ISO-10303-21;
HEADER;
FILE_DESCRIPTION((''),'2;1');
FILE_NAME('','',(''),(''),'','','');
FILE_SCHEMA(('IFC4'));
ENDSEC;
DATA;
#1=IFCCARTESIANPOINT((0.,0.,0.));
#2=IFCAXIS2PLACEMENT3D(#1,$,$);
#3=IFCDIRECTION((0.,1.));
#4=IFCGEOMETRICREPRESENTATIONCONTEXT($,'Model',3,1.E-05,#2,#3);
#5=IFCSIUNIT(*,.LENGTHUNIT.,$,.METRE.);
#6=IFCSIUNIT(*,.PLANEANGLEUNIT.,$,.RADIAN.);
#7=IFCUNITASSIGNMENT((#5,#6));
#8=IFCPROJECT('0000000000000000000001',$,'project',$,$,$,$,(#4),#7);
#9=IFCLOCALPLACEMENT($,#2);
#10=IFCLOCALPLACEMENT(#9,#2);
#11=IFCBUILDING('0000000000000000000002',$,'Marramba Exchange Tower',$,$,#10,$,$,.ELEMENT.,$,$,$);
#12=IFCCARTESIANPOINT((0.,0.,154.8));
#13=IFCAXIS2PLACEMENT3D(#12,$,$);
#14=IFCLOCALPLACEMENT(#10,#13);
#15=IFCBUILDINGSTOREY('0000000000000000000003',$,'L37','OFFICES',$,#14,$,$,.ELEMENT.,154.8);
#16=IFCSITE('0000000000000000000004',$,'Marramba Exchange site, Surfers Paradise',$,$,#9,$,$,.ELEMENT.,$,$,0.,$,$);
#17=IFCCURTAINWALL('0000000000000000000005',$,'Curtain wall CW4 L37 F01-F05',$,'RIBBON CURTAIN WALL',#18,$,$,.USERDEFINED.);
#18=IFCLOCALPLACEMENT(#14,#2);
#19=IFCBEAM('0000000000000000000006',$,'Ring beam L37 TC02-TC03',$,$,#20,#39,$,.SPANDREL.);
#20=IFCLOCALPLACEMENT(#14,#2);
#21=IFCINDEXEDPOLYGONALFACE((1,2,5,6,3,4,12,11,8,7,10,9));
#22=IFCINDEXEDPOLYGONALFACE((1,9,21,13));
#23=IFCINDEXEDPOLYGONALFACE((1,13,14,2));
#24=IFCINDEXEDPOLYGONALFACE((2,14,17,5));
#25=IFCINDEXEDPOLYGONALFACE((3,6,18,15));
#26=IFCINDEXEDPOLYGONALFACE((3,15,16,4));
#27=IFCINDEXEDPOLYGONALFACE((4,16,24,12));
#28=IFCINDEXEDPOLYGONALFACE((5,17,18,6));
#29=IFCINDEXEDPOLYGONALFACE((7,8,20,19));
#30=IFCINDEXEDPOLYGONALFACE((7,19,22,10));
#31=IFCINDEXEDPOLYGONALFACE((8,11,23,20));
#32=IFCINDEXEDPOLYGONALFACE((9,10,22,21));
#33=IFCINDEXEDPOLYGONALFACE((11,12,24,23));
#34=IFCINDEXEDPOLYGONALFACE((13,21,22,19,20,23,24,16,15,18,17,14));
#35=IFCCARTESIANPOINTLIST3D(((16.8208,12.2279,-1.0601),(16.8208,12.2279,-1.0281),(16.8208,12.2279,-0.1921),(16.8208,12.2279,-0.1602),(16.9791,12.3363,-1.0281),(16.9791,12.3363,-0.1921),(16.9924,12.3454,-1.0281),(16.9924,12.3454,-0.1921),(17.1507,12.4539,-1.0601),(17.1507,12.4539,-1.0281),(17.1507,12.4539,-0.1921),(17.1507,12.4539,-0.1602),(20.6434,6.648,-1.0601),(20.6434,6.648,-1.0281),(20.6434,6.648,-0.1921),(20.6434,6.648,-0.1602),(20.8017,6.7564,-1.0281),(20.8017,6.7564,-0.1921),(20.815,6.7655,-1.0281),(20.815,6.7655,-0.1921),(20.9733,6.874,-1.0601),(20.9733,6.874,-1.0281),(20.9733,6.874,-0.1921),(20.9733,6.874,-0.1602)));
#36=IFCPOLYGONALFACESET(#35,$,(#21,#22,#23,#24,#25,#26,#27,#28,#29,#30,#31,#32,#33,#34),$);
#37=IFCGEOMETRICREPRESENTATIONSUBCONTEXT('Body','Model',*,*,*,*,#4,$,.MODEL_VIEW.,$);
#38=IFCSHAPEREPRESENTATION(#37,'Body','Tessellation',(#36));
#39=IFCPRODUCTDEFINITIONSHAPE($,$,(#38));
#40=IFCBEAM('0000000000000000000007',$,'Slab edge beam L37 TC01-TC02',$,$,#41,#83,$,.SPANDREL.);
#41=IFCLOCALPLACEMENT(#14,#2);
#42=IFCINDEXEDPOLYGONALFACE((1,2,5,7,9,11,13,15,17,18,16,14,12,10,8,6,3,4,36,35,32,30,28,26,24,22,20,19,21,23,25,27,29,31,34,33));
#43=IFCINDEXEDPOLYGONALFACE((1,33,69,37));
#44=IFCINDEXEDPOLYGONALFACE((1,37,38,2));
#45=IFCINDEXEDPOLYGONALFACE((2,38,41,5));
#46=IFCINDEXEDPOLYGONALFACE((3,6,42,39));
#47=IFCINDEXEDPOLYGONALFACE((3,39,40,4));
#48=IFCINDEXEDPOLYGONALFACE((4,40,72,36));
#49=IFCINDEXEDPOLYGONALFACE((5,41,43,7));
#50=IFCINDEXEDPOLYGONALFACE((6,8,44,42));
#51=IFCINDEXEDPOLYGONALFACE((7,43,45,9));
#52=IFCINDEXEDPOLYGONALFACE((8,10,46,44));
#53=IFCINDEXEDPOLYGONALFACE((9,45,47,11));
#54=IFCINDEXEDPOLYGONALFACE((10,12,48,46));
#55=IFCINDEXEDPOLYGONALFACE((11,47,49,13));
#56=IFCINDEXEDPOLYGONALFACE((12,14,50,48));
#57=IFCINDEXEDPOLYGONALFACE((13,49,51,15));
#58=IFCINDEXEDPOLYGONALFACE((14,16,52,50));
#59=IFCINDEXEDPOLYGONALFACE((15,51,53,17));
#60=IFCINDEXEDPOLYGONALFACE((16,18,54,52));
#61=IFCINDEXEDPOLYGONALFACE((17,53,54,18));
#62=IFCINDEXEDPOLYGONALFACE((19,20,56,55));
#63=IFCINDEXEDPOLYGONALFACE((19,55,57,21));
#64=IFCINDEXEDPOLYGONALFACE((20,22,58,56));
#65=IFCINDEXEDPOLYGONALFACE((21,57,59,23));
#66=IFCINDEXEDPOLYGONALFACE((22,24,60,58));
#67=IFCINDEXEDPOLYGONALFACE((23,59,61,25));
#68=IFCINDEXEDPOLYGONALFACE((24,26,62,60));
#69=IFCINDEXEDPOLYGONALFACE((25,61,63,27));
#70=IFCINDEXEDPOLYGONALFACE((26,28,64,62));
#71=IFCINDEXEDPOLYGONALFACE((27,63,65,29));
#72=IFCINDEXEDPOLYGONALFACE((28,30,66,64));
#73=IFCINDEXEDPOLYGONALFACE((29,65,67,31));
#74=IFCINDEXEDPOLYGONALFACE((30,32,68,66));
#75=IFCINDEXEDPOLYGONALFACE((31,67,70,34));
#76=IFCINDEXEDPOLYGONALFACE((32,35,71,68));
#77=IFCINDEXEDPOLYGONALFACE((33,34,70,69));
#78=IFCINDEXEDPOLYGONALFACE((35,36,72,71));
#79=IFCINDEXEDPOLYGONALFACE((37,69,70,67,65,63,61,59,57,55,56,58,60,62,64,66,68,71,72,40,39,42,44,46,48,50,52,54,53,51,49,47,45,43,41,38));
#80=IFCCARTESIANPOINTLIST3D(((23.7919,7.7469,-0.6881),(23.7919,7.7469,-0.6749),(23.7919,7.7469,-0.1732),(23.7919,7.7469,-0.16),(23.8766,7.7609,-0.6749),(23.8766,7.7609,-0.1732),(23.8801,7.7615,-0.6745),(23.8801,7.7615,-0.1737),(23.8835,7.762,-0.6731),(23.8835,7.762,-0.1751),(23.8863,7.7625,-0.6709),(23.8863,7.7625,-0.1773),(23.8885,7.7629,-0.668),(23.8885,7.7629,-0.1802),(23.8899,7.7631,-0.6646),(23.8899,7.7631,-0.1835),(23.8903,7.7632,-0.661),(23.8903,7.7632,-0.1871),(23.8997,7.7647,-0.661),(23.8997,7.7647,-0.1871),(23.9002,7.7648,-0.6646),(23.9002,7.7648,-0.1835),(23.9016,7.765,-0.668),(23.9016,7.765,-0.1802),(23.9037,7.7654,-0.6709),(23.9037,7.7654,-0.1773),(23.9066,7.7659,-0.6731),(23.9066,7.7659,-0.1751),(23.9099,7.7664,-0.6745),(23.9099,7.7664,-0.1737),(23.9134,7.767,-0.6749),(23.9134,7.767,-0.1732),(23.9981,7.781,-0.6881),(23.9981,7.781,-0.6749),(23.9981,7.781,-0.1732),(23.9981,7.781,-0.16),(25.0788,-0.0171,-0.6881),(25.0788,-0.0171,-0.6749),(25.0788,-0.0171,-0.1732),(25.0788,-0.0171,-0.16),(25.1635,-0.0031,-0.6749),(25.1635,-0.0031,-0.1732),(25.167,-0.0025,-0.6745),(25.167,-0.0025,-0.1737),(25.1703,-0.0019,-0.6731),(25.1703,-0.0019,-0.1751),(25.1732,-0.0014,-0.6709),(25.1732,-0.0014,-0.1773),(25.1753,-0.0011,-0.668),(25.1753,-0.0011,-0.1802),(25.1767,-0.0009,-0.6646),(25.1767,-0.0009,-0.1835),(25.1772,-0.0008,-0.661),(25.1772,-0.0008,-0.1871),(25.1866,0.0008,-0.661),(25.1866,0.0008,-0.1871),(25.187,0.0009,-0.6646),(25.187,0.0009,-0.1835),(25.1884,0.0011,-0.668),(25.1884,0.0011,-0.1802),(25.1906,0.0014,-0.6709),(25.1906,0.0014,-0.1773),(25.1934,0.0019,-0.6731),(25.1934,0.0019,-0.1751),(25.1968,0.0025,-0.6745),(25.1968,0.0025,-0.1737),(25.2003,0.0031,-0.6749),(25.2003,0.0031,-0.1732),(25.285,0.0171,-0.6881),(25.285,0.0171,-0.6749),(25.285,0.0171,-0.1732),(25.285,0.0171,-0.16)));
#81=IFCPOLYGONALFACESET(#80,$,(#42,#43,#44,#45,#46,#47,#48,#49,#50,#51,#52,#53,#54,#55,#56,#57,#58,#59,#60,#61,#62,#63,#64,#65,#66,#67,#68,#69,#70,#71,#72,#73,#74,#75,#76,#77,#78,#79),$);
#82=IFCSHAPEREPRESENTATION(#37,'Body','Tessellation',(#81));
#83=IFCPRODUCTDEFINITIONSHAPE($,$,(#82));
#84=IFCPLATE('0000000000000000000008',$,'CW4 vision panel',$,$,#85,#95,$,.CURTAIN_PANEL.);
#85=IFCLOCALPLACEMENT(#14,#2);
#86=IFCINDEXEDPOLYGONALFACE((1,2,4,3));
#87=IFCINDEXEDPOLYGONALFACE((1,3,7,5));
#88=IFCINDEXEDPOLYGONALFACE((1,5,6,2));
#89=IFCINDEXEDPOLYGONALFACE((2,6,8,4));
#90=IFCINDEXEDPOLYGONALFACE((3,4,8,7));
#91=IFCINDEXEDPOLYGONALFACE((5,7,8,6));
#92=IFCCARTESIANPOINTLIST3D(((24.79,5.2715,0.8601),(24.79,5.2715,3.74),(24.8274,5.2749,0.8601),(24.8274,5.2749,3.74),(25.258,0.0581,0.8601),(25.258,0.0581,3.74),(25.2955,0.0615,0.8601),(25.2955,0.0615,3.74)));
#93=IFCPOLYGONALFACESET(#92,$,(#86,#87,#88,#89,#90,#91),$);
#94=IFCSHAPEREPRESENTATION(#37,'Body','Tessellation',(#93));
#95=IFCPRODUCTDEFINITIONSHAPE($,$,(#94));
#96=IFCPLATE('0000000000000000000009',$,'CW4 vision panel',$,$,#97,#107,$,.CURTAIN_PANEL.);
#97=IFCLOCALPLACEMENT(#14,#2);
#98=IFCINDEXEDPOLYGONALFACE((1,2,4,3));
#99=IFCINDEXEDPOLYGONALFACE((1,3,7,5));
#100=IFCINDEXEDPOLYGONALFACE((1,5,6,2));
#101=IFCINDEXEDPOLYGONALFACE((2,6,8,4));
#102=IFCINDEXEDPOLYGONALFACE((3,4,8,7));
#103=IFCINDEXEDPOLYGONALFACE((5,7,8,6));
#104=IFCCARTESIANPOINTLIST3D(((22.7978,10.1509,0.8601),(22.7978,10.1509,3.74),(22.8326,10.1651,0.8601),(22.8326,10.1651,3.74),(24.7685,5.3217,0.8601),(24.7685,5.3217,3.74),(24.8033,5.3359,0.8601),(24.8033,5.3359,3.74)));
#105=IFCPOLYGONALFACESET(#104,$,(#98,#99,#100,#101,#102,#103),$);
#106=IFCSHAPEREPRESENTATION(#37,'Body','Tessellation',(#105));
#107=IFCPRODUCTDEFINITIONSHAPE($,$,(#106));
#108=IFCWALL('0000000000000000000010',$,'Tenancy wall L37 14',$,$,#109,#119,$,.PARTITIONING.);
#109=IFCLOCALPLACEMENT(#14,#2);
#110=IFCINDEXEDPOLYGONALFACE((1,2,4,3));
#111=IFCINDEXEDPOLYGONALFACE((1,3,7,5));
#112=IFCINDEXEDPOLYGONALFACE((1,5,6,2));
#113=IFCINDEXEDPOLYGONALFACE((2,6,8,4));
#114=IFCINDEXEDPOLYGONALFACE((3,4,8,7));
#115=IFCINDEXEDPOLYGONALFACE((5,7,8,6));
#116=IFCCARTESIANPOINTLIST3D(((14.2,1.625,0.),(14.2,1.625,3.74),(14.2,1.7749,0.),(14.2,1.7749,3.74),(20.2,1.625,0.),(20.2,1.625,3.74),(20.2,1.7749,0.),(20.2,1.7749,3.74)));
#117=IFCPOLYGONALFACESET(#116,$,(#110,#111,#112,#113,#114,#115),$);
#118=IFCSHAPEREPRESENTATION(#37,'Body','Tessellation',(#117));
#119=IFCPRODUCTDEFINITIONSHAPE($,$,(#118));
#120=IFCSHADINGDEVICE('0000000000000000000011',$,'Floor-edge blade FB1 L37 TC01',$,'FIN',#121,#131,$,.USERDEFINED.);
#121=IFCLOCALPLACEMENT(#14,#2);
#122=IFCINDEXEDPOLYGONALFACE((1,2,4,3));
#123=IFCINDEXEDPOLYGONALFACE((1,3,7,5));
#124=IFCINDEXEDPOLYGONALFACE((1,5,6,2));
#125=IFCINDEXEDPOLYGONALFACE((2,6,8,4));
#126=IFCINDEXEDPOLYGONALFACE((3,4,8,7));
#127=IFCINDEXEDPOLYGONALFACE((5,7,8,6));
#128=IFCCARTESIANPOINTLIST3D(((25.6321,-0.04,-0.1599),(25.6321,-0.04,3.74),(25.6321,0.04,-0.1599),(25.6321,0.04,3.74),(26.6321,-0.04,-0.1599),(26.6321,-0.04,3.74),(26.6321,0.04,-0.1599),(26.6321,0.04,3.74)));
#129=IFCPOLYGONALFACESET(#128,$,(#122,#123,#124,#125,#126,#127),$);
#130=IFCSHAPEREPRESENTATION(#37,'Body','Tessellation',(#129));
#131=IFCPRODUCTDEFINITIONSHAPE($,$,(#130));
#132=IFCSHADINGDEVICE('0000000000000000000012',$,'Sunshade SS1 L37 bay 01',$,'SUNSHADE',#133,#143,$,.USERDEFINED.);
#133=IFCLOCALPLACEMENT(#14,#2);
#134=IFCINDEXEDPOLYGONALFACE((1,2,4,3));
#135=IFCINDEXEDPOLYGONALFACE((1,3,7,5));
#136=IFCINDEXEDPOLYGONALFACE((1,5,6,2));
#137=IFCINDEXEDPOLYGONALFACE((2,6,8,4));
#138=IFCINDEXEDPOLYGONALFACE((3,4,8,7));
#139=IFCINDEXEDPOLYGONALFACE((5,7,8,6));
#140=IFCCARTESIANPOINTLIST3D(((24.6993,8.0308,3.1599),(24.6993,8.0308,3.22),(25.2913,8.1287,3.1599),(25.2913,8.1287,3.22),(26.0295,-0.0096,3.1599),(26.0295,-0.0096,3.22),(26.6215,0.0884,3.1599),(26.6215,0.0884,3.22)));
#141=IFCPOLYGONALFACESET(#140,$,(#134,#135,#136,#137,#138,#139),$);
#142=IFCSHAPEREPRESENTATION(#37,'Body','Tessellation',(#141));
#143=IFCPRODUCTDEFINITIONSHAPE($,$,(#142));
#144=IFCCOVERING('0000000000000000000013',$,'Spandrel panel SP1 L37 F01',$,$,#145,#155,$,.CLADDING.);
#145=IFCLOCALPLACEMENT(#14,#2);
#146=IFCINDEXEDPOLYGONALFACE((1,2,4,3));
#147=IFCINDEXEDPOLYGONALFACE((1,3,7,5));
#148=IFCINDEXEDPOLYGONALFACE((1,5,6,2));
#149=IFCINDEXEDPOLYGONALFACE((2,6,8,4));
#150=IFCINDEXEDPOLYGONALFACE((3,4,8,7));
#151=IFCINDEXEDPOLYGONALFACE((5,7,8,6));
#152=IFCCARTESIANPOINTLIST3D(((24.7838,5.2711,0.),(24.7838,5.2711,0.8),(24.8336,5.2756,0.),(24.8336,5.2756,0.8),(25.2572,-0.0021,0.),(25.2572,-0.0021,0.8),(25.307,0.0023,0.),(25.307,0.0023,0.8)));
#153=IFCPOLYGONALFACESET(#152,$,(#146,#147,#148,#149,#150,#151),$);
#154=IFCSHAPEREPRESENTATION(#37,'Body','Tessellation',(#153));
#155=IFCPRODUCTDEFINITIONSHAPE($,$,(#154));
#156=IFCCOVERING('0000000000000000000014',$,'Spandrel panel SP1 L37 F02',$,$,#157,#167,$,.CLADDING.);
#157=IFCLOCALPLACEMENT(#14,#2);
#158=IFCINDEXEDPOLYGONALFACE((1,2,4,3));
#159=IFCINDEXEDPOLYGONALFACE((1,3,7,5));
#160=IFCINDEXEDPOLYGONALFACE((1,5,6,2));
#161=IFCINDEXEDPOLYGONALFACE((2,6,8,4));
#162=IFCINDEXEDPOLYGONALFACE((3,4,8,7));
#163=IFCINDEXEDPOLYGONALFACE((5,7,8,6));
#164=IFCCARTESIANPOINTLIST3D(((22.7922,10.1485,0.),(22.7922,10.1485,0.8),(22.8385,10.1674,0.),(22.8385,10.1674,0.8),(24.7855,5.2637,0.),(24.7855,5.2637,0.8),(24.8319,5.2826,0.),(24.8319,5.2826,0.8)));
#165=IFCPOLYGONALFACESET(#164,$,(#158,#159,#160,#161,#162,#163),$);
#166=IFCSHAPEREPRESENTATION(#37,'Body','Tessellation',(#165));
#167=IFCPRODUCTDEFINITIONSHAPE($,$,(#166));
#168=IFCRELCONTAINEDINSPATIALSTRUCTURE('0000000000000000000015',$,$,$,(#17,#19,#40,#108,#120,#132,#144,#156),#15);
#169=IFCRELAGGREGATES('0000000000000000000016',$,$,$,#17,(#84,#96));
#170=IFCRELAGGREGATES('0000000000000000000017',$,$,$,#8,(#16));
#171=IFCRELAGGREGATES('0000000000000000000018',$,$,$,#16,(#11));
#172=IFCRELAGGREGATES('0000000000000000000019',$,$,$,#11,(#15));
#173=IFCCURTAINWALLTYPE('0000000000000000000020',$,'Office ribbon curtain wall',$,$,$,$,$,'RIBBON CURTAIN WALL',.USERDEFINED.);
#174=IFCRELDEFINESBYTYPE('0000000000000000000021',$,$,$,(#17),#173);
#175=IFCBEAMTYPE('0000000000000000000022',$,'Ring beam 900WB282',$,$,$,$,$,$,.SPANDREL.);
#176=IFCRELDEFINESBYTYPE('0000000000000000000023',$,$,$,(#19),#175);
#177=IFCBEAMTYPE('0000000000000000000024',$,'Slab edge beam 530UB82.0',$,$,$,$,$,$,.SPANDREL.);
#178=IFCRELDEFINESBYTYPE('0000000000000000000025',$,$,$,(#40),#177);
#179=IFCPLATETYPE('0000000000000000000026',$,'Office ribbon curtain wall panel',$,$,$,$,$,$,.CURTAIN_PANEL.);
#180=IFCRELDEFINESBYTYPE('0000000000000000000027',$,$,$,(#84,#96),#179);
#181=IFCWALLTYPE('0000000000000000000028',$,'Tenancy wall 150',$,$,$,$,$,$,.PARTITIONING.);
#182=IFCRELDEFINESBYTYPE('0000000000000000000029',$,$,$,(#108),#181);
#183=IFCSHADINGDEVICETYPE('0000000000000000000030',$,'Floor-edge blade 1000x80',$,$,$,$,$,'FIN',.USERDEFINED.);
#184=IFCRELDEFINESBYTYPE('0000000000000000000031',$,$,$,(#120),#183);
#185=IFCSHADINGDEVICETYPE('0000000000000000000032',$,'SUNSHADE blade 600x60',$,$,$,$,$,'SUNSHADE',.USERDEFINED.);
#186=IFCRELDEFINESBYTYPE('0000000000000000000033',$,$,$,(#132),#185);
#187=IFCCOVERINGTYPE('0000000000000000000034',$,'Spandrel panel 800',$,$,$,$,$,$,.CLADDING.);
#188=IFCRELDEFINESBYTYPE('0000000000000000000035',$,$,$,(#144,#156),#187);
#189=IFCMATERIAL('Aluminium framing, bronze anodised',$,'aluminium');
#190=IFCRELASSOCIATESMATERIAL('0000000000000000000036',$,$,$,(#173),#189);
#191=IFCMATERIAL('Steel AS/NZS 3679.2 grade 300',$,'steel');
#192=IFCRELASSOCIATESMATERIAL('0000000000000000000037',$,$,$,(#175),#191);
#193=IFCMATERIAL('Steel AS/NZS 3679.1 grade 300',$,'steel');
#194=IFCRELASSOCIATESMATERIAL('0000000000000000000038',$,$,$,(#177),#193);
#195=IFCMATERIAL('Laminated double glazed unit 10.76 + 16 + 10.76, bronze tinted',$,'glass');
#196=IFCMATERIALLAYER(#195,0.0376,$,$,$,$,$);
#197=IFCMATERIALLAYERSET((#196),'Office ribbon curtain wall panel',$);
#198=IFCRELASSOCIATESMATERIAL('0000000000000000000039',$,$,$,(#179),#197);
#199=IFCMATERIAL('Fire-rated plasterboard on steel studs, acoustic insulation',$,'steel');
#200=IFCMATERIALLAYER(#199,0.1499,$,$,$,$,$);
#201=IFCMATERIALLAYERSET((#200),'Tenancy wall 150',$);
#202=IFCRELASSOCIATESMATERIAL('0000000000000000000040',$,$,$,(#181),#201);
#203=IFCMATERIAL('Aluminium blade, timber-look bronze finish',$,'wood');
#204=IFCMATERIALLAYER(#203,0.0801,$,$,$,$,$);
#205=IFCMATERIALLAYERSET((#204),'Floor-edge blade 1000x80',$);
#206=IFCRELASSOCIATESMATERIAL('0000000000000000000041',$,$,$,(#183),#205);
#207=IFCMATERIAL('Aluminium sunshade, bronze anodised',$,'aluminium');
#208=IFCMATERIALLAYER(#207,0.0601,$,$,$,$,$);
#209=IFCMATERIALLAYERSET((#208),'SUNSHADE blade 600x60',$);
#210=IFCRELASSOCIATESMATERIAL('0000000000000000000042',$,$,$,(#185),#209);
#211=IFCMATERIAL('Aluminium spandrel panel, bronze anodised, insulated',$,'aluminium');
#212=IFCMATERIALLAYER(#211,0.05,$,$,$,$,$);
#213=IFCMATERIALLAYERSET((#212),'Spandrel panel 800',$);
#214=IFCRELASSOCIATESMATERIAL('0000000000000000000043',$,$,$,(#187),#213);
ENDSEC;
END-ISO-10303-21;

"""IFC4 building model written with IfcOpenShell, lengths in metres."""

from ifc_helpers import new_model, si_unit, direction, frame, frame_2d, origin, origin_2d, place, context, subcontext, project, spatial, rectangle, i_section, extrude, material, layer, layer_set, material_profile, profile_set, type_object, element, aggregate, save


model = new_model("IFC4")

# Units and contexts
model_context = context("Model", 3, precision=1e-05, world=origin(), true_north=direction((0.0, 1.0)))
body_context = subcontext(model_context, "Body", "Model", "MODEL_VIEW")
ifc_project = project(units=[si_unit("LENGTHUNIT", "METRE"), si_unit("PLANEANGLEUNIT", "RADIAN")], contexts=[model_context])

# Site, building, storey
site_placement = place(None, origin())
site = spatial("IfcSite", under=ifc_project, at=site_placement, Name="Marramba Exchange site, Surfers Paradise", CompositionType="ELEMENT", RefElevation=0.0)
building_placement = place(site_placement, origin())
building = spatial("IfcBuilding", under=site, at=building_placement, Name="Marramba Exchange Tower", CompositionType="ELEMENT")
storey_placement = place(building_placement, frame((0.0, 0.0, 154.8)))
storey = spatial("IfcBuildingStorey", under=building, at=storey_placement, Name="L37", Description="OFFICES", CompositionType="ELEMENT", Elevation=154.8)

# Shared definitions
ifc_material_1 = material(Name="Steel AS/NZS 3679.2 grade 300", Category="steel")
ifc_material_2 = material(Name="Steel AS/NZS 3679.1 grade 300", Category="steel")

# Curtain wall
ifc_material_3 = material(Name="Aluminium framing, bronze anodised", Category="aluminium")
curtain_wall_type = type_object("IfcCurtainWallType", Name="Office ribbon curtain wall", ElementType="RIBBON CURTAIN WALL", PredefinedType="USERDEFINED", material=ifc_material_3)
curtain_wall_placement = place(storey_placement, origin())
curtain_wall = element("IfcCurtainWall", 1, at=curtain_wall_placement, inside=storey, type_object=curtain_wall_type, Name="Curtain wall CW4 L37 F01-F05", ObjectType="RIBBON CURTAIN WALL", PredefinedType="USERDEFINED")

# Beams
ifc_material_profile_1 = material_profile(ifc_material_1, i_section(OverallWidth=0.3999, OverallDepth=0.8999, WebThickness=0.0161, FlangeThickness=0.032, at=origin_2d()), Name="900WB282")
ifc_profile_set_1 = profile_set([ifc_material_profile_1], Name="Steel AS/NZS 3679.2 grade 300")
beam_type_1 = type_object("IfcBeamType", Name="Ring beam 900WB282", PredefinedType="SPANDREL", material=ifc_profile_set_1)
beam_1_placement = place(storey_placement, frame((20.8083, 6.761, -0.6101), z_axis=(-0.56516, 0.824981, 0.0), x_axis=(-0.824981, -0.56516, 0.0)))
element("IfcBeam", 2, at=beam_1_placement, inside=storey, type_object=beam_type_1, Name="Ring beam L37 TC02-TC03", PredefinedType="SPANDREL", context=body_context, shape_type="SweptSolid", body=[
    extrude(i_section(OverallWidth=0.3999, OverallDepth=0.8999, WebThickness=0.0161, FlangeThickness=0.032, at=origin_2d()), origin(), (0.0, 0.0, 1.0), 6.7637),
])
ifc_material_profile_2 = material_profile(ifc_material_2, i_section(OverallWidth=0.209, OverallDepth=0.5281, WebThickness=0.0095, FlangeThickness=0.0132, FilletRadius=0.0139, at=origin_2d()), Name="530UB82.0")
ifc_profile_set_2 = profile_set([ifc_material_profile_2], Name="Steel AS/NZS 3679.1 grade 300")
beam_type_2 = type_object("IfcBeamType", Name="Slab edge beam 530UB82.0", PredefinedType="SPANDREL", material=ifc_profile_set_2)
beam_2_placement = place(storey_placement, frame((25.1819, 0.0, -0.4241), z_axis=(-0.163519, 0.98654, 0.0), x_axis=(-0.98654, -0.163519, 0.0)))
element("IfcBeam", 3, at=beam_2_placement, inside=storey, type_object=beam_type_2, Name="Slab edge beam L37 TC01-TC02", PredefinedType="SPANDREL", context=body_context, shape_type="SweptSolid", body=[
    extrude(i_section(OverallWidth=0.209, OverallDepth=0.5281, WebThickness=0.0095, FlangeThickness=0.0132, FilletRadius=0.0139, at=origin_2d()), origin(), (0.0, 0.0, 1.0), 7.8699),
])

# Plates
ifc_material_4 = material(Name="Laminated double glazed unit 10.76 + 16 + 10.76, bronze tinted", Category="glass")
ifc_layer_1 = layer(ifc_material_4, 0.0376)
ifc_layer_set_1 = layer_set([ifc_layer_1], Name="Office ribbon curtain wall panel")
plate_type = type_object("IfcPlateType", Name="Office ribbon curtain wall panel", PredefinedType="CURTAIN_PANEL", material=ifc_layer_set_1)
plate_1_placement = place(storey_placement, frame((25.0427, 2.6665, 0.8601), z_axis=(0.0, 0.0, 1.0), x_axis=(-0.089413, 0.995995, 0.0)))
plate_1 = element("IfcPlate", 4, at=plate_1_placement, type_object=plate_type, Name="CW4 vision panel", PredefinedType="CURTAIN_PANEL", context=body_context, shape_type="SweptSolid", body=[
    extrude(rectangle(XDim=5.2344, YDim=0.0376, at=origin_2d()), origin(), (0.0, 0.0, 1.0), 2.8799),
])
plate_2_placement = place(storey_placement, frame((23.8005, 7.7434, 0.8601), z_axis=(0.0, 0.0, 1.0), x_axis=(-0.377821, 0.925879, 0.0)))
plate_2 = element("IfcPlate", 5, at=plate_2_placement, type_object=plate_type, Name="CW4 vision panel", PredefinedType="CURTAIN_PANEL", context=body_context, shape_type="SweptSolid", body=[
    extrude(rectangle(XDim=5.2158, YDim=0.0376, at=origin_2d()), origin(), (0.0, 0.0, 1.0), 2.8799),
])
aggregate(curtain_wall, [plate_1, plate_2])

# Wall
ifc_material_5 = material(Name="Fire-rated plasterboard on steel studs, acoustic insulation", Category="steel")
ifc_layer_2 = layer(ifc_material_5, 0.1499)
ifc_layer_set_2 = layer_set([ifc_layer_2], Name="Tenancy wall 150")
wall_type = type_object("IfcWallType", Name="Tenancy wall 150", PredefinedType="PARTITIONING", material=ifc_layer_set_2)
wall_placement = place(storey_placement, frame((20.2, 1.7, 0.0), z_axis=(0.0, 0.0, 1.0), x_axis=(-1.0, 0.0, 0.0)))
element("IfcWall", 6, at=wall_placement, inside=storey, type_object=wall_type, Name="Tenancy wall L37 14", PredefinedType="PARTITIONING", context=body_context, shape_type="SweptSolid", body=[
    extrude(rectangle(XDim=6.0, YDim=0.1499, at=frame_2d((3.0, 0.0))), origin(), (0.0, 0.0, 1.0), 3.74),
])

# Shading devices
ifc_material_6 = material(Name="Aluminium blade, timber-look bronze finish", Category="wood")
ifc_layer_3 = layer(ifc_material_6, 0.0801)
ifc_layer_set_3 = layer_set([ifc_layer_3], Name="Floor-edge blade 1000x80")
shading_device_type_1 = type_object("IfcShadingDeviceType", Name="Floor-edge blade 1000x80", ElementType="FIN", PredefinedType="USERDEFINED", material=ifc_layer_set_3)
shading_device_1_placement = place(storey_placement, frame((26.1321, 0.0, -0.1599), z_axis=(0.0, 0.0, 1.0), x_axis=(1.0, 0.0, 0.0)))
element("IfcShadingDevice", 7, at=shading_device_1_placement, inside=storey, type_object=shading_device_type_1, Name="Floor-edge blade FB1 L37 TC01", ObjectType="FIN", PredefinedType="USERDEFINED", context=body_context, shape_type="SweptSolid", body=[
    extrude(rectangle(XDim=1.0, YDim=0.0801, at=origin_2d()), origin(), (0.0, 0.0, 1.0), 3.8999),
])
ifc_material_7 = material(Name="Aluminium sunshade, bronze anodised", Category="aluminium")
ifc_layer_4 = layer(ifc_material_7, 0.0601)
ifc_layer_set_4 = layer_set([ifc_layer_4], Name="SUNSHADE blade 600x60")
shading_device_type_2 = type_object("IfcShadingDeviceType", Name="SUNSHADE blade 600x60", ElementType="SUNSHADE", PredefinedType="USERDEFINED", material=ifc_layer_set_4)
shading_device_2_placement = place(storey_placement, frame((25.6604, 4.0596, 3.1599), z_axis=(0.0, 0.0, 1.0), x_axis=(-0.163228, 0.986588, 0.0)))
element("IfcShadingDevice", 8, at=shading_device_2_placement, inside=storey, type_object=shading_device_type_2, Name="Sunshade SS1 L37 bay 01", ObjectType="SUNSHADE", PredefinedType="USERDEFINED", context=body_context, shape_type="SweptSolid", body=[
    extrude(rectangle(XDim=8.1497, YDim=0.6001, at=origin_2d()), origin(), (0.0, 0.0, 1.0), 0.0601),
])

# Coverings
ifc_material_8 = material(Name="Aluminium spandrel panel, bronze anodised, insulated", Category="aluminium")
ifc_layer_5 = layer(ifc_material_8, 0.05)
ifc_layer_set_5 = layer_set([ifc_layer_5], Name="Spandrel panel 800")
covering_type = type_object("IfcCoveringType", Name="Spandrel panel 800", PredefinedType="CLADDING", material=ifc_layer_set_5)
covering_1_placement = place(storey_placement, frame((25.0454, 2.6367, 0.0), z_axis=(0.0, 0.0, 1.0), x_axis=(-0.089413, 0.995995, 0.0)))
element("IfcCovering", 9, at=covering_1_placement, inside=storey, type_object=covering_type, Name="Spandrel panel SP1 L37 F01", PredefinedType="CLADDING", context=body_context, shape_type="SweptSolid", body=[
    extrude(rectangle(XDim=5.2944, YDim=0.05, at=origin_2d()), origin(), (0.0, 0.0, 1.0), 0.8),
])
covering_2_placement = place(storey_placement, frame((23.812, 7.7156, 0.0), z_axis=(0.0, 0.0, 1.0), x_axis=(-0.377821, 0.925879, 0.0)))
element("IfcCovering", 10, at=covering_2_placement, inside=storey, type_object=covering_type, Name="Spandrel panel SP1 L37 F02", PredefinedType="CLADDING", context=body_context, shape_type="SweptSolid", body=[
    extrude(rectangle(XDim=5.2759, YDim=0.05, at=origin_2d()), origin(), (0.0, 0.0, 1.0), 0.8),
])

save(model, "model.ifc")
